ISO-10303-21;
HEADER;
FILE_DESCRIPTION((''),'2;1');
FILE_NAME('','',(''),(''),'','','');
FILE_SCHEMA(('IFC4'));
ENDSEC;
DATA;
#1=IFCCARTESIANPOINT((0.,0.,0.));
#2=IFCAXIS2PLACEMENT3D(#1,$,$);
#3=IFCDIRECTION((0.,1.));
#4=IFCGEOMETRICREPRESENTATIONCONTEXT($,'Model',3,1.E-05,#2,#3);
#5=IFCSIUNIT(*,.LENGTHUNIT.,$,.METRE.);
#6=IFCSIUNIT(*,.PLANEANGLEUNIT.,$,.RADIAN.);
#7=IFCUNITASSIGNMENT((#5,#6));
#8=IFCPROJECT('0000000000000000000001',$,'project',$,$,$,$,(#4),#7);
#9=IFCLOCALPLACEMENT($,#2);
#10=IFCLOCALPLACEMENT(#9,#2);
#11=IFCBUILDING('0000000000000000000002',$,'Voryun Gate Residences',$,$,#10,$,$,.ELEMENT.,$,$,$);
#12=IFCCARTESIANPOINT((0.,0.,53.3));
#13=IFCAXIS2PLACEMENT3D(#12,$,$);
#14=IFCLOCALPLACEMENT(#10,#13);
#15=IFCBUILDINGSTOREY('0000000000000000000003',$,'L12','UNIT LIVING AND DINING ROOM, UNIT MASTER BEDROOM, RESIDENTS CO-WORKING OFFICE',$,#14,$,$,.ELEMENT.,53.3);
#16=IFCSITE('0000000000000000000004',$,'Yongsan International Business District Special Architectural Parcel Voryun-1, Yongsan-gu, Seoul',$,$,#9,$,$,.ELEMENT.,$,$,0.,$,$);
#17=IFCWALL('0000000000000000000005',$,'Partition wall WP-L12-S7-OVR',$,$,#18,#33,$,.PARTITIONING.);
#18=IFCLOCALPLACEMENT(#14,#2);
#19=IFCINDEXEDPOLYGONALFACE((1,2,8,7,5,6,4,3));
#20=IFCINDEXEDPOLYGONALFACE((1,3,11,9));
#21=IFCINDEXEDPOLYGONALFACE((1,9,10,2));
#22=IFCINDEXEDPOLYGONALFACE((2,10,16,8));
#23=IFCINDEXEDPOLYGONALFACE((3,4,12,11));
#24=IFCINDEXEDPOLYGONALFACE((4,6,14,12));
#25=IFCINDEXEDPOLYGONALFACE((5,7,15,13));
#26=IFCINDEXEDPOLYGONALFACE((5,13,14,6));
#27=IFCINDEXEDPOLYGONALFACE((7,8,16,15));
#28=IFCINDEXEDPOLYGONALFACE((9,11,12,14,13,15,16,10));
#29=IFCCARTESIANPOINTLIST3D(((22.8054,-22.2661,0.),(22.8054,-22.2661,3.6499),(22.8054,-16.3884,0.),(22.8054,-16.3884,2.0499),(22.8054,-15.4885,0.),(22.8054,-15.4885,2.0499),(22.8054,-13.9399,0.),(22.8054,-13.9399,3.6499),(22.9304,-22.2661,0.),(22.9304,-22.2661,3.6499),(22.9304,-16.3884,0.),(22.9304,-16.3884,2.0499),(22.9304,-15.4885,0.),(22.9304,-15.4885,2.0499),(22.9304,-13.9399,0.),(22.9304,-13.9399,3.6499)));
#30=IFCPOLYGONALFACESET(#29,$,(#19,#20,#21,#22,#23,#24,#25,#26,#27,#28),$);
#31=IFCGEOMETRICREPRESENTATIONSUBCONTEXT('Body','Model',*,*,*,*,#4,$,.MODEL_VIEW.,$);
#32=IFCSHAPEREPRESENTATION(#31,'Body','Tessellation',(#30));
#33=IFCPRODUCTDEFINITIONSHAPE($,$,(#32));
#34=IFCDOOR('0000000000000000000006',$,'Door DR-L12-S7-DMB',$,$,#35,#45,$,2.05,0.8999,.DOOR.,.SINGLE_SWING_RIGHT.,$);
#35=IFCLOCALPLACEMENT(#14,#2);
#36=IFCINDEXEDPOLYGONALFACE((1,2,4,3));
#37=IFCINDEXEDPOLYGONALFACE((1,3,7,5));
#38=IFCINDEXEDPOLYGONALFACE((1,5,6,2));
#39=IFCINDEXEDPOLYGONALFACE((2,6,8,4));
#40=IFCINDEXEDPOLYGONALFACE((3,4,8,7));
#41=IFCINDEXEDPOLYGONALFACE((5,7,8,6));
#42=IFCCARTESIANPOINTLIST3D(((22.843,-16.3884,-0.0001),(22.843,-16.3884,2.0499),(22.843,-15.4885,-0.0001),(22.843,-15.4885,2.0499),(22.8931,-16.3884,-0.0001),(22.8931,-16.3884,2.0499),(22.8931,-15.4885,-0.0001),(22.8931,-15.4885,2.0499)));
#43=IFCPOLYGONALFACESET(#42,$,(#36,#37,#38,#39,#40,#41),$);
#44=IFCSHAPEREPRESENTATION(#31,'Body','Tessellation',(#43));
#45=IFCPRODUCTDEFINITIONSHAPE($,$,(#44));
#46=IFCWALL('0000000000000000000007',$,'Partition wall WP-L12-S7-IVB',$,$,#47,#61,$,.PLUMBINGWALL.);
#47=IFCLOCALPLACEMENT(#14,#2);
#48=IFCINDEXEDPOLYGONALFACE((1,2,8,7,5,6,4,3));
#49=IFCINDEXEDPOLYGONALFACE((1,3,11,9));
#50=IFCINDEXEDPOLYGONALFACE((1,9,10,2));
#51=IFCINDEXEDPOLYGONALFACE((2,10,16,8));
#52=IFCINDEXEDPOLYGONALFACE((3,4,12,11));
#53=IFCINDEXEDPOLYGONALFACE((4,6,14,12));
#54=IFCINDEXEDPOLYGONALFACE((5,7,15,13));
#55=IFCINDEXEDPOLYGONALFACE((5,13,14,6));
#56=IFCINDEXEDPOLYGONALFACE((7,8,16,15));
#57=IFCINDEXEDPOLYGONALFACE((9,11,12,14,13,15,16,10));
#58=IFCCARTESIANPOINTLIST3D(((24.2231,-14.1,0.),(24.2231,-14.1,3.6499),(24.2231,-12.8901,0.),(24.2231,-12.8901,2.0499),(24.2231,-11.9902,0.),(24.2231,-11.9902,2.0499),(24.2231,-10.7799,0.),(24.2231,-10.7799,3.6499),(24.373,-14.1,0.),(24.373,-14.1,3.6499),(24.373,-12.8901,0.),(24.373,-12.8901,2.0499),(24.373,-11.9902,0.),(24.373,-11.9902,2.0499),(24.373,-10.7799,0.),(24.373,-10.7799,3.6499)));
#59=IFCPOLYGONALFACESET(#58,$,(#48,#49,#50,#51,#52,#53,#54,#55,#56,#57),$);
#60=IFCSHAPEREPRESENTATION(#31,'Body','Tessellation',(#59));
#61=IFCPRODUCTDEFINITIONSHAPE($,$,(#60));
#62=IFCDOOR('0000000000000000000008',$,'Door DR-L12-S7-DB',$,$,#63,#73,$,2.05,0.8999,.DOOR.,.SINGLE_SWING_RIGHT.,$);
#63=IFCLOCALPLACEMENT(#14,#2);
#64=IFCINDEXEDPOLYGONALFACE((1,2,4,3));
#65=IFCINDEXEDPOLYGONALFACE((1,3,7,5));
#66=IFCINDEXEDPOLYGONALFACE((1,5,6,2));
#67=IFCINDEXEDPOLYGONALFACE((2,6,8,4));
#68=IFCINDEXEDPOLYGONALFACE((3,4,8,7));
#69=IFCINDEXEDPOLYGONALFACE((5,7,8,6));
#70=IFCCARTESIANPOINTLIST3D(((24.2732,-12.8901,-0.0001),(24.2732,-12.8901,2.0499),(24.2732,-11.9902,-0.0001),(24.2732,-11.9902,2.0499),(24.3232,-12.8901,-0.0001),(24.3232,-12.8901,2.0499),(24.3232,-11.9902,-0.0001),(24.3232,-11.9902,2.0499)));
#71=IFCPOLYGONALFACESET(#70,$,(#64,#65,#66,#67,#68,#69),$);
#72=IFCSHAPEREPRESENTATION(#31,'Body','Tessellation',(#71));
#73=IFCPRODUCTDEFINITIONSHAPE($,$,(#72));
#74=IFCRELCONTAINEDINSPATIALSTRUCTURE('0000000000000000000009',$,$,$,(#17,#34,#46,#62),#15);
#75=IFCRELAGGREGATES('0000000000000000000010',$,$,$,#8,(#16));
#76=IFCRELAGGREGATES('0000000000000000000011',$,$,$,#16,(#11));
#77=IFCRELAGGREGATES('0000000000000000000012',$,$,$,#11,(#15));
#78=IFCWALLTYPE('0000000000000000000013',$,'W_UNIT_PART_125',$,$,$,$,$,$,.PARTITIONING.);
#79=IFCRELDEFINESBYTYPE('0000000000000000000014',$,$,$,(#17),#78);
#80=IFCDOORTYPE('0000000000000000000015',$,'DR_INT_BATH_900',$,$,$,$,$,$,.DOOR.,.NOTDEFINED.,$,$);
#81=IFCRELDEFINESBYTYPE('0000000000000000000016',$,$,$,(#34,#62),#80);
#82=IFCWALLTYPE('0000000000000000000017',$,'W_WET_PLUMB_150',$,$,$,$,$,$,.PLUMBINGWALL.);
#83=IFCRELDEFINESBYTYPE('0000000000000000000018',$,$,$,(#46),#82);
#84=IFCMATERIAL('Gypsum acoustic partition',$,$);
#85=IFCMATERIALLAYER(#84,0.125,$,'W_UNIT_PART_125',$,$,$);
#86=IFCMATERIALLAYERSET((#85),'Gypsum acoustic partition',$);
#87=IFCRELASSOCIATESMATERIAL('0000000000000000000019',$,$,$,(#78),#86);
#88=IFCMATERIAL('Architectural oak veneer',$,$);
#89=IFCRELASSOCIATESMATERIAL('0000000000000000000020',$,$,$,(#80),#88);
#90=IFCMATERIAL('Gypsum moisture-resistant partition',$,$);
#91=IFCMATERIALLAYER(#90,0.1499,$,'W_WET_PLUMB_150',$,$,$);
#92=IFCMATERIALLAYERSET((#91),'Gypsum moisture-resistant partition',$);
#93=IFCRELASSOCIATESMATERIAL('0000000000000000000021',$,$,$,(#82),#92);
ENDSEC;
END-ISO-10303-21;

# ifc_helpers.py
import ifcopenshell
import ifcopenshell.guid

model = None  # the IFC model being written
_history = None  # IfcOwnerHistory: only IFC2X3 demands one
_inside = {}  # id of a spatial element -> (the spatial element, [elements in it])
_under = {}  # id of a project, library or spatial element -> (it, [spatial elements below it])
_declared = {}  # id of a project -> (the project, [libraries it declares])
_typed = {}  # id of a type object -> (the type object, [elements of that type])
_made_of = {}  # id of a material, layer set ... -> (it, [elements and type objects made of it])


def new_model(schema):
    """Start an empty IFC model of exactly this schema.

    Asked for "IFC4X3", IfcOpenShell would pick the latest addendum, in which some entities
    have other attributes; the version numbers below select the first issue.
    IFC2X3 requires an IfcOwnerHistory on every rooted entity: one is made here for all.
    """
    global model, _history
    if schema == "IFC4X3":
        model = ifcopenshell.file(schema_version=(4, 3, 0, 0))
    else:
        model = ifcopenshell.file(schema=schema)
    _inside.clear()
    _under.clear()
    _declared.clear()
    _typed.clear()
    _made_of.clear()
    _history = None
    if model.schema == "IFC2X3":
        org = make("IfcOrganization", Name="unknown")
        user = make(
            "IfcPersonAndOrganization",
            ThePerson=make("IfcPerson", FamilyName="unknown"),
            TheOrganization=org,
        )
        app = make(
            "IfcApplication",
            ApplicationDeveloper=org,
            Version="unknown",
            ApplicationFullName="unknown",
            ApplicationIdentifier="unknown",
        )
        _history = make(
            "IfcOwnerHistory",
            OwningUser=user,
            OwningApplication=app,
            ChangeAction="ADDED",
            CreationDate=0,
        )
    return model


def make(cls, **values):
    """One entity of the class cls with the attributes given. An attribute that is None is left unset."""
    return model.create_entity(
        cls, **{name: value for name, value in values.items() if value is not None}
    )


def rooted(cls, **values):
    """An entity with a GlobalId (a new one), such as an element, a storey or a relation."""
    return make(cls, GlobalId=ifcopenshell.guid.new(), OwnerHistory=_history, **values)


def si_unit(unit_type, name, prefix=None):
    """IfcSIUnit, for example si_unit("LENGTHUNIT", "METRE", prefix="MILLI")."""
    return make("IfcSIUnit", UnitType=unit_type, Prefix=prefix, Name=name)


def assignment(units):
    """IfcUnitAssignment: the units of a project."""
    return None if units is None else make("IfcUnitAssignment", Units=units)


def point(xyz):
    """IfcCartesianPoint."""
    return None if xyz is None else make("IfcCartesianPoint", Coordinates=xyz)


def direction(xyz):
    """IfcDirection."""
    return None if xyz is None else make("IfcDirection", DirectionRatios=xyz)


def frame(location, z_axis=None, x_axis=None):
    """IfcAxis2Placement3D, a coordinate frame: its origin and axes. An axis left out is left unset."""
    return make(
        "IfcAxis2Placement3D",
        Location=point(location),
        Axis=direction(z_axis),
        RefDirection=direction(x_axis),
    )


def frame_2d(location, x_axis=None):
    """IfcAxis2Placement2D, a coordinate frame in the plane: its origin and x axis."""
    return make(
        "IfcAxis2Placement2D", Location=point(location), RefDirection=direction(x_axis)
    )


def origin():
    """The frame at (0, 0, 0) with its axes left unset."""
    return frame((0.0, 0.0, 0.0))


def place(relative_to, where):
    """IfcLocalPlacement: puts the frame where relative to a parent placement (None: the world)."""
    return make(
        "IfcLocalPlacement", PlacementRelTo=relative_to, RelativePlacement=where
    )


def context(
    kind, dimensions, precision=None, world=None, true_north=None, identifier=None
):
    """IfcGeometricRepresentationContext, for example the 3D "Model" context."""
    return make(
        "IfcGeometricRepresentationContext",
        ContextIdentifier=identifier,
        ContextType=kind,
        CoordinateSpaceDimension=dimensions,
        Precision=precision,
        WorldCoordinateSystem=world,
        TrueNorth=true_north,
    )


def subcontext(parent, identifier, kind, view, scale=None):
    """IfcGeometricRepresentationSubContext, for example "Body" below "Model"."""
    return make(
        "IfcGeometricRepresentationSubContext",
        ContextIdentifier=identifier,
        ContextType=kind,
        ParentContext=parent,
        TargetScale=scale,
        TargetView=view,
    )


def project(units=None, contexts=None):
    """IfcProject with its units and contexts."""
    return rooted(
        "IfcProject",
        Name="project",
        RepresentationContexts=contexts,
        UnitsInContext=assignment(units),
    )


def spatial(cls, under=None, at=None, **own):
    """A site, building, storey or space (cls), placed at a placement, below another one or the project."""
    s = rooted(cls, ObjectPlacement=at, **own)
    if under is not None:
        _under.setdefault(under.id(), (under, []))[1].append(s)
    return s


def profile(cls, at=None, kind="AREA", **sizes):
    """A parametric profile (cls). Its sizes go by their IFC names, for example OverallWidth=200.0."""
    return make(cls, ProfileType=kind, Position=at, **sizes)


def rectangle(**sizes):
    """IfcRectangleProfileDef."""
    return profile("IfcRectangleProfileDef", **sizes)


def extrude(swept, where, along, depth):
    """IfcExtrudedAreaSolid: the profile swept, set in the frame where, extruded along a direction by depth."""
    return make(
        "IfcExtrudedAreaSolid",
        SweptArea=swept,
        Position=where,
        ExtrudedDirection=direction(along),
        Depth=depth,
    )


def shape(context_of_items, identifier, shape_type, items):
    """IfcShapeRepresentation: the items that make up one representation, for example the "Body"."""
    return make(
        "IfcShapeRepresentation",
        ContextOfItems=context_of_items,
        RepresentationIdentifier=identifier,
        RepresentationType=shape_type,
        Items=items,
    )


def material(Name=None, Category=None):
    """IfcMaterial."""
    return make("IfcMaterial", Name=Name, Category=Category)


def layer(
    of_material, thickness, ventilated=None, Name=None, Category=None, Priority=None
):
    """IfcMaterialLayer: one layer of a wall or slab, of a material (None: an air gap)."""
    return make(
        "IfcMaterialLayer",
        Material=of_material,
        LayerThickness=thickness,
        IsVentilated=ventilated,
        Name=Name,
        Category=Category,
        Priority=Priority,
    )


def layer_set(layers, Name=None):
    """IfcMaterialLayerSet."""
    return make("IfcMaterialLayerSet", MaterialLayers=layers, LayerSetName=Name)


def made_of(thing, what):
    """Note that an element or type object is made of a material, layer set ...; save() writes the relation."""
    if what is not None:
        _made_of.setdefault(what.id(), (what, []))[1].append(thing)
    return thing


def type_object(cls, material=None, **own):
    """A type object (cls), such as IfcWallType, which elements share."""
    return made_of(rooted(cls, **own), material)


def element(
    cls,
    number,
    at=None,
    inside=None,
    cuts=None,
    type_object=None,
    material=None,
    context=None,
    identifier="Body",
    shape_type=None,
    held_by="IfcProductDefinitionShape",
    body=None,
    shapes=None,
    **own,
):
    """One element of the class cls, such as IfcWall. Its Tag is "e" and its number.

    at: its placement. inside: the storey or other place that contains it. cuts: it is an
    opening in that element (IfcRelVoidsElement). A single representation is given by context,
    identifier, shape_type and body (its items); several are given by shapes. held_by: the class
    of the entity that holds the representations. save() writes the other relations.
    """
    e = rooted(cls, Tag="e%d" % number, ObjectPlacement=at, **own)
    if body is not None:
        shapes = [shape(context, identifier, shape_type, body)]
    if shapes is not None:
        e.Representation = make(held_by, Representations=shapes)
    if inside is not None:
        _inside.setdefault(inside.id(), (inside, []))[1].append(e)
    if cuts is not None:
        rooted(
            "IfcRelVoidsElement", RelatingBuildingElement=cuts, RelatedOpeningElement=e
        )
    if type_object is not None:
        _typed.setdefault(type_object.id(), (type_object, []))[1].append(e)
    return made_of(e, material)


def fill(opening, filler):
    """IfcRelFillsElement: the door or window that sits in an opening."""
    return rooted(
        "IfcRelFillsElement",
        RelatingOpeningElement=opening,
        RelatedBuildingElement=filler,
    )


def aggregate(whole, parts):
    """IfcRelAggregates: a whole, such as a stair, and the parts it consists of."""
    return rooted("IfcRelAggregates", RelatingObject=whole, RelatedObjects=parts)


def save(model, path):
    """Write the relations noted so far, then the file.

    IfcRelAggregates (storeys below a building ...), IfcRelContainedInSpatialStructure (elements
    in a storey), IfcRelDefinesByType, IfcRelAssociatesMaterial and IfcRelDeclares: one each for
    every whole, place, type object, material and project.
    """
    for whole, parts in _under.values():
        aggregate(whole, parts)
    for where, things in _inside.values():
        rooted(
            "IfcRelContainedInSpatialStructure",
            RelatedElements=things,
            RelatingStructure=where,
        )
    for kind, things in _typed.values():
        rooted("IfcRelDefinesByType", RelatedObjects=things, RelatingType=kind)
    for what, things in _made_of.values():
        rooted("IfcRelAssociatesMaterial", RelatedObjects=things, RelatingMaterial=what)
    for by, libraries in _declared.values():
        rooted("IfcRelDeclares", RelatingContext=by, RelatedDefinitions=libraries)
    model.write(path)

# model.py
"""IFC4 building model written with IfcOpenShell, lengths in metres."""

from ifc_helpers import new_model, si_unit, direction, frame, frame_2d, origin, place, context, subcontext, project, spatial, rectangle, extrude, material, layer, layer_set, type_object, element, fill, save


model = new_model("IFC4")

# Units and contexts
model_context = context("Model", 3, precision=1e-05, world=origin(), true_north=direction((0.0, 1.0)))
body_context = subcontext(model_context, "Body", "Model", "MODEL_VIEW")
ifc_project = project(units=[si_unit("LENGTHUNIT", "METRE"), si_unit("PLANEANGLEUNIT", "RADIAN")], contexts=[model_context])

# Site, building, storey
site_placement = place(None, origin())
site = spatial("IfcSite", under=ifc_project, at=site_placement, Name="Yongsan International Business District Special Architectural Parcel Voryun-1, Yongsan-gu, Seoul", CompositionType="ELEMENT", RefElevation=0.0)
building_placement = place(site_placement, origin())
building = spatial("IfcBuilding", under=site, at=building_placement, Name="Voryun Gate Residences", CompositionType="ELEMENT")
storey_placement = place(building_placement, frame((0.0, 0.0, 53.3)))
storey = spatial("IfcBuildingStorey", under=building, at=storey_placement, Name="L12", Description="UNIT LIVING AND DINING ROOM, UNIT MASTER BEDROOM, RESIDENTS CO-WORKING OFFICE", CompositionType="ELEMENT", Elevation=53.3)

# Walls, openings, doors
ifc_material_1 = material(Name="Gypsum acoustic partition")
ifc_layer_1 = layer(ifc_material_1, 0.125, Name="W_UNIT_PART_125")
ifc_layer_set_1 = layer_set([ifc_layer_1], Name="Gypsum acoustic partition")
wall_type_1 = type_object("IfcWallType", Name="W_UNIT_PART_125", PredefinedType="PARTITIONING", material=ifc_layer_set_1)
wall_1_placement = place(storey_placement, frame((22.8679, -22.2661, 0.0), z_axis=(0.0, 0.0, 1.0), x_axis=(0.0, 1.0, 0.0)))
wall_1 = element("IfcWall", 1, at=wall_1_placement, inside=storey, type_object=wall_type_1, Name="Partition wall WP-L12-S7-OVR", PredefinedType="PARTITIONING", context=body_context, shape_type="SweptSolid", body=[
    extrude(rectangle(XDim=8.3262, YDim=0.125, at=frame_2d((4.1631, 0.0))), origin(), (0.0, 0.0, 1.0), 3.6499),
])
opening_1_placement = place(wall_1_placement, frame((5.8777, 0.0, 0.0)))
opening_1 = element("IfcOpeningElement", 2, at=opening_1_placement, cuts=wall_1, PredefinedType="OPENING", context=body_context, shape_type="SweptSolid", body=[
    extrude(rectangle(XDim=0.8999, YDim=2.05, at=frame_2d((0.45, 1.0249))), frame((0.0, 0.0725, 0.0), z_axis=(0.0, -1.0, 0.0), x_axis=(1.0, 0.0, 0.0)), (0.0, 0.0, 1.0), 0.145),
])
ifc_material_2 = material(Name="Architectural oak veneer")
door_type = type_object("IfcDoorType", Name="DR_INT_BATH_900", OperationType="NOTDEFINED", PredefinedType="DOOR", material=ifc_material_2)
door_1_placement = place(opening_1_placement, origin())
door_1 = element("IfcDoor", 3, at=door_1_placement, inside=storey, type_object=door_type, Name="Door DR-L12-S7-DMB", OperationType="SINGLE_SWING_RIGHT", OverallHeight=2.05, OverallWidth=0.8999, PredefinedType="DOOR", context=body_context, shape_type="SweptSolid", body=[
    extrude(rectangle(XDim=0.8999, YDim=2.05, at=frame_2d((0.45, 1.0249))), frame((0.0, 0.0249, 0.0), z_axis=(0.0, -1.0, 0.0), x_axis=(1.0, 0.0, 0.0)), (0.0, 0.0, 1.0), 0.05),
])
fill(opening_1, door_1)
ifc_material_3 = material(Name="Gypsum moisture-resistant partition")
ifc_layer_2 = layer(ifc_material_3, 0.1499, Name="W_WET_PLUMB_150")
ifc_layer_set_2 = layer_set([ifc_layer_2], Name="Gypsum moisture-resistant partition")
wall_type_2 = type_object("IfcWallType", Name="W_WET_PLUMB_150", PredefinedType="PLUMBINGWALL", material=ifc_layer_set_2)
wall_2_placement = place(storey_placement, frame((24.2981, -14.1001, 0.0), z_axis=(0.0, 0.0, 1.0), x_axis=(0.0, 1.0, 0.0)))
wall_2 = element("IfcWall", 4, at=wall_2_placement, inside=storey, type_object=wall_type_2, Name="Partition wall WP-L12-S7-IVB", PredefinedType="PLUMBINGWALL", context=body_context, shape_type="SweptSolid", body=[
    extrude(rectangle(XDim=3.3201, YDim=0.1499, at=frame_2d((1.6602, 0.0))), origin(), (0.0, 0.0, 1.0), 3.6499),
])
opening_2_placement = place(wall_2_placement, frame((1.21, 0.0, 0.0)))
opening_2 = element("IfcOpeningElement", 5, at=opening_2_placement, cuts=wall_2, PredefinedType="OPENING", context=body_context, shape_type="SweptSolid", body=[
    extrude(rectangle(XDim=0.8999, YDim=2.05, at=frame_2d((0.45, 1.0249))), frame((0.0, 0.085, 0.0), z_axis=(0.0, -1.0, 0.0), x_axis=(1.0, 0.0, 0.0)), (0.0, 0.0, 1.0), 0.1699),
])
door_2_placement = place(opening_2_placement, origin())
door_2 = element("IfcDoor", 6, at=door_2_placement, inside=storey, type_object=door_type, Name="Door DR-L12-S7-DB", OperationType="SINGLE_SWING_RIGHT", OverallHeight=2.05, OverallWidth=0.8999, PredefinedType="DOOR", context=body_context, shape_type="SweptSolid", body=[
    extrude(rectangle(XDim=0.8999, YDim=2.05, at=frame_2d((0.45, 1.0249))), frame((0.0, 0.0249, 0.0), z_axis=(0.0, -1.0, 0.0), x_axis=(1.0, 0.0, 0.0)), (0.0, 0.0, 1.0), 0.05),
])
fill(opening_2, door_2)

save(model, "model.ifc")
